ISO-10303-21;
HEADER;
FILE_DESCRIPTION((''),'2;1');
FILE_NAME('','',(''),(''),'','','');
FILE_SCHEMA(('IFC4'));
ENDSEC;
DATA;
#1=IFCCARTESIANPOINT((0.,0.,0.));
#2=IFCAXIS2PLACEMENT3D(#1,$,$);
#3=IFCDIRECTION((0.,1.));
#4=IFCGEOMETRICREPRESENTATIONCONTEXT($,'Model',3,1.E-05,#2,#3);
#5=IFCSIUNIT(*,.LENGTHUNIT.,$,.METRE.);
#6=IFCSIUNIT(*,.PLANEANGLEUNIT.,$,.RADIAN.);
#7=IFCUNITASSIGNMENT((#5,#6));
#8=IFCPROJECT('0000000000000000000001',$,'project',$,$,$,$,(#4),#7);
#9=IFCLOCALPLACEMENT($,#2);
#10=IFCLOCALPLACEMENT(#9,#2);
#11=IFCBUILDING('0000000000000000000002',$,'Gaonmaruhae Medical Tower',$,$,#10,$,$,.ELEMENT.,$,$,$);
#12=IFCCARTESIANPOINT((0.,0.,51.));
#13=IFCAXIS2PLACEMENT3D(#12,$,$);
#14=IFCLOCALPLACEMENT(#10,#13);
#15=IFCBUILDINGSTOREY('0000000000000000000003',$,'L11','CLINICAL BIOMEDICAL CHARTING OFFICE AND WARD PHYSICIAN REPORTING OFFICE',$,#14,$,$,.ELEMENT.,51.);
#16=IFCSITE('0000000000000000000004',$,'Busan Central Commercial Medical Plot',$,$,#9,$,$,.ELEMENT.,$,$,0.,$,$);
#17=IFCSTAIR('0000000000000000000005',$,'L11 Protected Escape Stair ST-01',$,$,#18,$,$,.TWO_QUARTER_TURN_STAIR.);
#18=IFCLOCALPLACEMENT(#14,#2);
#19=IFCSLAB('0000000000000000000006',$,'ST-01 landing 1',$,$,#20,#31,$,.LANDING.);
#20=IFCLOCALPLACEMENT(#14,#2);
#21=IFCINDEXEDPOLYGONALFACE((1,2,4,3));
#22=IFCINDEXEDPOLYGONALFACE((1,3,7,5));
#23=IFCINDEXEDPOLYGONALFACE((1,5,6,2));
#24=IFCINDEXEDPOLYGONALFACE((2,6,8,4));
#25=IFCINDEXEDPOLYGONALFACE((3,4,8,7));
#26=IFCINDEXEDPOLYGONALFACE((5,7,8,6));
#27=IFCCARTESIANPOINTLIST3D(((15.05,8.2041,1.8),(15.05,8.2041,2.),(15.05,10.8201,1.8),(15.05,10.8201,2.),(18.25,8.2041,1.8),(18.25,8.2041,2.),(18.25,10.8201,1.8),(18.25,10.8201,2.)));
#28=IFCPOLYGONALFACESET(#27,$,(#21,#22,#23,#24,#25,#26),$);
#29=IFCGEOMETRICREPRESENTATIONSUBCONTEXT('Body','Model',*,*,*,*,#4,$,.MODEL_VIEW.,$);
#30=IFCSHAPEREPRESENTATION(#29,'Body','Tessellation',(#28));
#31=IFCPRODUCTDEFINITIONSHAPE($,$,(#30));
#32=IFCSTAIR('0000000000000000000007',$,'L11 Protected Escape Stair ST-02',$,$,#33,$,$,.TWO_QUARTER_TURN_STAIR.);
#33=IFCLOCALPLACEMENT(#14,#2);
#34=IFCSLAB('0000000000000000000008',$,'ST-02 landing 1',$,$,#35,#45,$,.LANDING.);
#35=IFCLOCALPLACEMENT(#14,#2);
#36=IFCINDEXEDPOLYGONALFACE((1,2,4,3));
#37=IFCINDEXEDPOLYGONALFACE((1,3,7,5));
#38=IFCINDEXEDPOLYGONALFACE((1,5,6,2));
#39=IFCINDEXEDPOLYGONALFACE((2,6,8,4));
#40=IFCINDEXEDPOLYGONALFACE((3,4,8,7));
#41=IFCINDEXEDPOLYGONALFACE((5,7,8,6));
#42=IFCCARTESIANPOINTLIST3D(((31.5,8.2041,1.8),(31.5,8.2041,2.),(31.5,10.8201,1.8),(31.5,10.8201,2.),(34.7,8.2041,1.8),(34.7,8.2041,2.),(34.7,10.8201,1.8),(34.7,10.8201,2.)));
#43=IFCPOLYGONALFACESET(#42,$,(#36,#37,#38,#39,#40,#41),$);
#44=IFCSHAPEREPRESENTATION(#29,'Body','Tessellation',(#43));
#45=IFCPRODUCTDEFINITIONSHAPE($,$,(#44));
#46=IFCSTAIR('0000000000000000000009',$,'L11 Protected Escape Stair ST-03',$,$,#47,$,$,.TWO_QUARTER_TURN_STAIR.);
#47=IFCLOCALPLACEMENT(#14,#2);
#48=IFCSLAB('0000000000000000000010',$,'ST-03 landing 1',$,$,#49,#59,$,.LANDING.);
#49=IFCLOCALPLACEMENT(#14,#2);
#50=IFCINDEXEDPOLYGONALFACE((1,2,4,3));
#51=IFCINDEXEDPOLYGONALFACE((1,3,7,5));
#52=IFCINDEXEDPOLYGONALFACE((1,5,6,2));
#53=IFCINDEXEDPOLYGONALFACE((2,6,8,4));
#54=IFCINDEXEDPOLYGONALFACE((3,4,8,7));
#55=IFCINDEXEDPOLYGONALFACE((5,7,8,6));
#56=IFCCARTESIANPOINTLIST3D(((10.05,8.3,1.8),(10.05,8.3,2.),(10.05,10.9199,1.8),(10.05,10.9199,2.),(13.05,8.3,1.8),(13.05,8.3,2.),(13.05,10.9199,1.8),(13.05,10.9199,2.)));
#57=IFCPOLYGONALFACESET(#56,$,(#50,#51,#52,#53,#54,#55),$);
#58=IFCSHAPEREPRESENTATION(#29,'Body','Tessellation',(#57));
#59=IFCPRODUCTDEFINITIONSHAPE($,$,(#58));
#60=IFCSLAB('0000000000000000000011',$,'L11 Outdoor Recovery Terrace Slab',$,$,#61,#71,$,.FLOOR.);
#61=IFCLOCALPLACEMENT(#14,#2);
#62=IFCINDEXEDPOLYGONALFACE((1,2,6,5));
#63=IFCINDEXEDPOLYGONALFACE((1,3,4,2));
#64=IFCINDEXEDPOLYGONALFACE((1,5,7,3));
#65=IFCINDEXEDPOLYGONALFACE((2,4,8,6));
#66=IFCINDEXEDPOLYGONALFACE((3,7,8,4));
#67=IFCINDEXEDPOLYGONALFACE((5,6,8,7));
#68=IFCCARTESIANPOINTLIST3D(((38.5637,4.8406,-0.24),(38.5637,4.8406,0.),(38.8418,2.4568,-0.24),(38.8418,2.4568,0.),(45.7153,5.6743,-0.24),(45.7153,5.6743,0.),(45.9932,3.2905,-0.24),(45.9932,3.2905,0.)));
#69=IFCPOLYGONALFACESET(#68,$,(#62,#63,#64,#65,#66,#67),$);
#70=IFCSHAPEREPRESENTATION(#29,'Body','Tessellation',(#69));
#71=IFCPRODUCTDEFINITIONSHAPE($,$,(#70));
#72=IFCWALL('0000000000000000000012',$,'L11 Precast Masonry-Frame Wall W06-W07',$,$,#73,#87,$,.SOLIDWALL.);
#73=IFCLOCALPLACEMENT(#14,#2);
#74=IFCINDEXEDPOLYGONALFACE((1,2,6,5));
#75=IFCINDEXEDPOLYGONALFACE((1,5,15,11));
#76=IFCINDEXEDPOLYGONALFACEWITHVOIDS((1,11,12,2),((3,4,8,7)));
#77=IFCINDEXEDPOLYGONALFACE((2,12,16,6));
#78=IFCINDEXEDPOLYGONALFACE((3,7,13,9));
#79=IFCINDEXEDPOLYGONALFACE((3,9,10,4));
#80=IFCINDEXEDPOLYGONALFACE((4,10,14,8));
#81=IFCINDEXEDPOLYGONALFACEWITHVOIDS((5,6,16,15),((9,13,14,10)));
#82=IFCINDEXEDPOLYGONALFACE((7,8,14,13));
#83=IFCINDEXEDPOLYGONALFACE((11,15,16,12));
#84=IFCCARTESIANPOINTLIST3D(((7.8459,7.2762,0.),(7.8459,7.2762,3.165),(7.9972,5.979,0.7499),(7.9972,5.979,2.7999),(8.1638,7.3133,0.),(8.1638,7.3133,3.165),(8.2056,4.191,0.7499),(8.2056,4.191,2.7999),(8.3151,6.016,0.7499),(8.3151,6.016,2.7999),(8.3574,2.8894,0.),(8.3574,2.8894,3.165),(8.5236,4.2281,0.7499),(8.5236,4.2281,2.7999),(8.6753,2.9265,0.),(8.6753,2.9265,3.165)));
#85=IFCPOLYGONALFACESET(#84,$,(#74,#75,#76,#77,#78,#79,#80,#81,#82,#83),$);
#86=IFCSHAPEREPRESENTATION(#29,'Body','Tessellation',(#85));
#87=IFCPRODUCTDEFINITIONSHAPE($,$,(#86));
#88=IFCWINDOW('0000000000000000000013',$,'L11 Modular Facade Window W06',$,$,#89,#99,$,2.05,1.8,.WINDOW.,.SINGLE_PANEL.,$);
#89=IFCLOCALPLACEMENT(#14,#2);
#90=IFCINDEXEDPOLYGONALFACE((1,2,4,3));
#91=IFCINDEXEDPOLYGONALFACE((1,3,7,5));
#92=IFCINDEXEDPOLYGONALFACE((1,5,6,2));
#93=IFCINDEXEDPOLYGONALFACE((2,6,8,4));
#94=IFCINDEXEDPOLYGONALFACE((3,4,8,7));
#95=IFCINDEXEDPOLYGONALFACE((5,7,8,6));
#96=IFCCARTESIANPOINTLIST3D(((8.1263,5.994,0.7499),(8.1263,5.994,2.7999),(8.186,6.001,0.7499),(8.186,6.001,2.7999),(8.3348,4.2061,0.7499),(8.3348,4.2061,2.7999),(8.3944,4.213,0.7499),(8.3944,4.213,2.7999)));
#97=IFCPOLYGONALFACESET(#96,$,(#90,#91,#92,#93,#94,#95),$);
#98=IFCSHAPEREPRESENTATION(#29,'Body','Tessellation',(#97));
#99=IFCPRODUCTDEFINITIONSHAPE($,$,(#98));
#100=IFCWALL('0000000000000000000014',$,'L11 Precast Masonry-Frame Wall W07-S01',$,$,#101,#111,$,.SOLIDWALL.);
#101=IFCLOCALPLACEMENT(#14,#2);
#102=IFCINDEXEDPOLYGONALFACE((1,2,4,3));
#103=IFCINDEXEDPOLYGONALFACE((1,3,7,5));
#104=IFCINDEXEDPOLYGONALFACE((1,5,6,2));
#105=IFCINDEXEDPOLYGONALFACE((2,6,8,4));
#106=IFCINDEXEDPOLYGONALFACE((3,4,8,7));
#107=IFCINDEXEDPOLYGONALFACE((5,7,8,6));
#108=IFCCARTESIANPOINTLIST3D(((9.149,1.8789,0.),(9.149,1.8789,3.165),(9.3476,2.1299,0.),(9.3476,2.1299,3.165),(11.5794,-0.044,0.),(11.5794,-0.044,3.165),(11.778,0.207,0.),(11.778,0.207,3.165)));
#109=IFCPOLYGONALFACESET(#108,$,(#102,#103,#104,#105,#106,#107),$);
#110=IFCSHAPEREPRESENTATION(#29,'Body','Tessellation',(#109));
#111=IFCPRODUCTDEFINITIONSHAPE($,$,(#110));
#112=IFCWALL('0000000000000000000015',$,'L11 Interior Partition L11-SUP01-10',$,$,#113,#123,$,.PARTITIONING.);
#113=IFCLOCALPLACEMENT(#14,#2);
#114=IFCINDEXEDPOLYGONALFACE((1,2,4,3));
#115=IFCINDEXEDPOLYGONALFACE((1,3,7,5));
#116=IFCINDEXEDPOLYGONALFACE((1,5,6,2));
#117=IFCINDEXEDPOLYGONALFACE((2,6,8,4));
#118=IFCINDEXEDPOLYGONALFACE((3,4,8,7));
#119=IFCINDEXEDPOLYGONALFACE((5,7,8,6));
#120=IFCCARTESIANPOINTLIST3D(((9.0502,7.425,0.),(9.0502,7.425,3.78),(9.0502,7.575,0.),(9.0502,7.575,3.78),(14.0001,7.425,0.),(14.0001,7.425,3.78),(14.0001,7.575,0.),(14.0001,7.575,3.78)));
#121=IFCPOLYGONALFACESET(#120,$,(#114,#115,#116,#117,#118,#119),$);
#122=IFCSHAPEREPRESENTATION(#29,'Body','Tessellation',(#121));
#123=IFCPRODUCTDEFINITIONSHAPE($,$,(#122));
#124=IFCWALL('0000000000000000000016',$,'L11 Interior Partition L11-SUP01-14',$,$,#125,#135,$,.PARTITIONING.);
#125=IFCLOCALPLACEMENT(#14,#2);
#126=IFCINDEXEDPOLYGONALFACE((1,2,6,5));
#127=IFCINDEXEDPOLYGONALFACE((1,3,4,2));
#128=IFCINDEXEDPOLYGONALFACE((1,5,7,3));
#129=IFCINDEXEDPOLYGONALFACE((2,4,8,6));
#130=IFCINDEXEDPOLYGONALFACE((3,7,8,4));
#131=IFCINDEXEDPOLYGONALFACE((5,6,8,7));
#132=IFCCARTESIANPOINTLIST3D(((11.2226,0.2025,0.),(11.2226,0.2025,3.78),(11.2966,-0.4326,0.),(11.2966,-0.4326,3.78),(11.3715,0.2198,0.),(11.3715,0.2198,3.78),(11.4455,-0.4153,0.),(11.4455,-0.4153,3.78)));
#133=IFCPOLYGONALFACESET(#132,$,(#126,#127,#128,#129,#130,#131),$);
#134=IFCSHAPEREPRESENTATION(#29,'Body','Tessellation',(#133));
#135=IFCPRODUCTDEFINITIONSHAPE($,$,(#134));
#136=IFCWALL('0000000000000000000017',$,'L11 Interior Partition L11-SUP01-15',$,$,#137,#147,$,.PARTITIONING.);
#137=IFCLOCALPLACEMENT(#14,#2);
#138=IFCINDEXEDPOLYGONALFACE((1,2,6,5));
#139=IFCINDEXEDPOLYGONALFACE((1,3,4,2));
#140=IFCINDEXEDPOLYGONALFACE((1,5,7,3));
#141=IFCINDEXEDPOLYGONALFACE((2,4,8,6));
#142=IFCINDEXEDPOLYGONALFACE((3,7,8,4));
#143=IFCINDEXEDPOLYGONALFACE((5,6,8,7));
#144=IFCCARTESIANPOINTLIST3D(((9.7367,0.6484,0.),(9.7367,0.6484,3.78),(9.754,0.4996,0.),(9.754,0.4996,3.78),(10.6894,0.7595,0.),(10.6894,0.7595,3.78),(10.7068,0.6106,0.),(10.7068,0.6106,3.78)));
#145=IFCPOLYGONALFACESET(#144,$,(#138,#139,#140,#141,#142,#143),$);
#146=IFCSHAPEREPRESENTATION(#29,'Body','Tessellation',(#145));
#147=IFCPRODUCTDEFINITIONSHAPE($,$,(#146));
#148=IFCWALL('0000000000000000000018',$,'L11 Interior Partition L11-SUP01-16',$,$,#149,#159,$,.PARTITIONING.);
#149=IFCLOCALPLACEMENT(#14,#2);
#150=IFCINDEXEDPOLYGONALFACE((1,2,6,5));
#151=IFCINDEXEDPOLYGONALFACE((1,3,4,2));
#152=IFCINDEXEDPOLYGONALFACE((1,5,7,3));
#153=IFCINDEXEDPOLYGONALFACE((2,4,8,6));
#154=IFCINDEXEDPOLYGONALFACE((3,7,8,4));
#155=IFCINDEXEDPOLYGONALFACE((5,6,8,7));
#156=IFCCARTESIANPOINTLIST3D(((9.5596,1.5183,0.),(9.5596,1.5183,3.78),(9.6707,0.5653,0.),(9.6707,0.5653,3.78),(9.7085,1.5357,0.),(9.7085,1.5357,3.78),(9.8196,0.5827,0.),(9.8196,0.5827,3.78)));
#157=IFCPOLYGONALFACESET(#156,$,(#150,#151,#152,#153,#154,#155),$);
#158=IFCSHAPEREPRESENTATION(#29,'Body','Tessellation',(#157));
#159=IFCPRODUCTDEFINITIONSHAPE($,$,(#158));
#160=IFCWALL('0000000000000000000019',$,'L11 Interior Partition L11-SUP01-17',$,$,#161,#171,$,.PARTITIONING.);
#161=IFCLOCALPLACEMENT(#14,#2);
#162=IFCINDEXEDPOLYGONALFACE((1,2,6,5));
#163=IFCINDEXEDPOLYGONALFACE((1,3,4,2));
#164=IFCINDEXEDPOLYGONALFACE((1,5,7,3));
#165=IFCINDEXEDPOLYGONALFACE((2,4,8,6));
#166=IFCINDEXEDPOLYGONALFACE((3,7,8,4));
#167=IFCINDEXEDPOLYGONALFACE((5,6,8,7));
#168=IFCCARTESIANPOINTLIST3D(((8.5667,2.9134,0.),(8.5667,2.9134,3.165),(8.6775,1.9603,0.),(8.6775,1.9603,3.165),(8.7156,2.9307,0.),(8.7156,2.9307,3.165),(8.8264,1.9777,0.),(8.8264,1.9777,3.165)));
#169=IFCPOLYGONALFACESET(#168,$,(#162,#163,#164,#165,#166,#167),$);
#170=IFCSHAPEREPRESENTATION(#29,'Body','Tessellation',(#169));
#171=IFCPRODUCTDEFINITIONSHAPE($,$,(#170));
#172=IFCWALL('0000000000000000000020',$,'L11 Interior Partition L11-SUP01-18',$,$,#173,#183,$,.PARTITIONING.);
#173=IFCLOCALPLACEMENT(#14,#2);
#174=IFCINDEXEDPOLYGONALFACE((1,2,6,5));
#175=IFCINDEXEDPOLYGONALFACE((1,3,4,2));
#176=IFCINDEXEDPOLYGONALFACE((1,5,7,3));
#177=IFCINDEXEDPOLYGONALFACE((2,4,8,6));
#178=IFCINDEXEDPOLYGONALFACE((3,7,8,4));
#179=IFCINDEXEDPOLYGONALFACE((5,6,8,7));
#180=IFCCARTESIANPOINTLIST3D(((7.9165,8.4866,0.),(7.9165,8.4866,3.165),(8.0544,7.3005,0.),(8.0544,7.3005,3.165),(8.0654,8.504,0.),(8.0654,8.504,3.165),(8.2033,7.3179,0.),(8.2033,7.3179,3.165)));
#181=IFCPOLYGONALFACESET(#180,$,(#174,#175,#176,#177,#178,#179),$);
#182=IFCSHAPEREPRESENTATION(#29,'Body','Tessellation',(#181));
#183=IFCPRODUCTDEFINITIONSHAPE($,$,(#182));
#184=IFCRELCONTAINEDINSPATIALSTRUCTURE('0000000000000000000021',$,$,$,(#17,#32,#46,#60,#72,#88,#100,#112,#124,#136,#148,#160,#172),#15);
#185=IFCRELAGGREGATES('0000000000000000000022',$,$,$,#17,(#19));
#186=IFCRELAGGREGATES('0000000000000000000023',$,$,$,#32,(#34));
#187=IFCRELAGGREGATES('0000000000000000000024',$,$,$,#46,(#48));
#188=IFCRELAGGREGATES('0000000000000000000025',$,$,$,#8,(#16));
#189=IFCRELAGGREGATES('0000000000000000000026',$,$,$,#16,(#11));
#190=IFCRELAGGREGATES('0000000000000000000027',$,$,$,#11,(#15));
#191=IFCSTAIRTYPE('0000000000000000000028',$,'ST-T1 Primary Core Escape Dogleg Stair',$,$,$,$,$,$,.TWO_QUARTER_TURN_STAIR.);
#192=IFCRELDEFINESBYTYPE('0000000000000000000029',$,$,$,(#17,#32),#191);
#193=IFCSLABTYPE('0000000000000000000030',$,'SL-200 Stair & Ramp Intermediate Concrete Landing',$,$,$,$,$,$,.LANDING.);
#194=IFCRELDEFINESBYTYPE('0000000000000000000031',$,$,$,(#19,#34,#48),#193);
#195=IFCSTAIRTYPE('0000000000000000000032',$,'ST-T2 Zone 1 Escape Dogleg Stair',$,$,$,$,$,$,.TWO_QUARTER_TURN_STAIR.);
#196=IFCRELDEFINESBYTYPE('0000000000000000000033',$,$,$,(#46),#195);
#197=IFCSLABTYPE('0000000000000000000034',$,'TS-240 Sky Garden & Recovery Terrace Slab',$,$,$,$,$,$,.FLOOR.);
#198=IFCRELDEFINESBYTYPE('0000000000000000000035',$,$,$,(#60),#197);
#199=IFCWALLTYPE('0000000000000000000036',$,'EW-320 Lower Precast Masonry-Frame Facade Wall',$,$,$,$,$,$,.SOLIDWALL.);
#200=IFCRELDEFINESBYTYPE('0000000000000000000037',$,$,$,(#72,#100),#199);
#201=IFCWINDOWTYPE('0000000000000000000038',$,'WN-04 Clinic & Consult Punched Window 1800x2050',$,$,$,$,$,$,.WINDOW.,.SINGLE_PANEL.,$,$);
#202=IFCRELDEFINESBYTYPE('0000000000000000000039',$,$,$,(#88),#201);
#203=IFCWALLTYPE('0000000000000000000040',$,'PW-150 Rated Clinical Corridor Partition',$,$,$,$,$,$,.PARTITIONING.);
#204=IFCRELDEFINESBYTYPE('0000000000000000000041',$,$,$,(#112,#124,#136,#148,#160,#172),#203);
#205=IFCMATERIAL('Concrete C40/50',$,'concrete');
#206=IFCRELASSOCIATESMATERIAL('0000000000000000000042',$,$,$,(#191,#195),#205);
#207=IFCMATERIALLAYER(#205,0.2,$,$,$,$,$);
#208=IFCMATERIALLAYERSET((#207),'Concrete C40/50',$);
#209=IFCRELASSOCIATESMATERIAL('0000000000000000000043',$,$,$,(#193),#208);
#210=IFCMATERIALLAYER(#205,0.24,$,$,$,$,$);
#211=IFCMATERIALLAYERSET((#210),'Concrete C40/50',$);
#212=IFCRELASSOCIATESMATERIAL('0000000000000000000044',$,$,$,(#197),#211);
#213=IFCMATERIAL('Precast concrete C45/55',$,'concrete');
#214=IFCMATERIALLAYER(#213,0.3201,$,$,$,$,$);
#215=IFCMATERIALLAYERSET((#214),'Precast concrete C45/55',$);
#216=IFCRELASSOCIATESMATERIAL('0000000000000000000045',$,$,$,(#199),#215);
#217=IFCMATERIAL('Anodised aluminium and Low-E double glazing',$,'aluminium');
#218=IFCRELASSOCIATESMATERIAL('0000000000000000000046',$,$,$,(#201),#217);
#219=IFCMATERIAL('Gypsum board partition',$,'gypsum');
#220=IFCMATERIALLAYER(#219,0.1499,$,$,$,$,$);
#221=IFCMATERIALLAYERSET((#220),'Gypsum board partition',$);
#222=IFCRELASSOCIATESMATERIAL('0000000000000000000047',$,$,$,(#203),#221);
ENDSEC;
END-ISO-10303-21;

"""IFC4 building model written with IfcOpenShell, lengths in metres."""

from ifc_helpers import new_model, si_unit, direction, frame, frame_2d, origin, place, context, subcontext, project, spatial, polyline, rectangle, outline, extrude, material, layer, layer_set, type_object, element, fill, aggregate, save


model = new_model("IFC4")

# Units and contexts
model_context = context("Model", 3, precision=1e-05, world=origin(), true_north=direction((0.0, 1.0)))
body_context = subcontext(model_context, "Body", "Model", "MODEL_VIEW")
ifc_project = project(units=[si_unit("LENGTHUNIT", "METRE"), si_unit("PLANEANGLEUNIT", "RADIAN")], contexts=[model_context])

# Site, building, storey
site_placement = place(None, origin())
site = spatial("IfcSite", under=ifc_project, at=site_placement, Name="Busan Central Commercial Medical Plot", CompositionType="ELEMENT", RefElevation=0.0)
building_placement = place(site_placement, origin())
building = spatial("IfcBuilding", under=site, at=building_placement, Name="Gaonmaruhae Medical Tower", CompositionType="ELEMENT")
storey_placement = place(building_placement, frame((0.0, 0.0, 51.0)))
storey = spatial("IfcBuildingStorey", under=building, at=storey_placement, Name="L11", Description="CLINICAL BIOMEDICAL CHARTING OFFICE AND WARD PHYSICIAN REPORTING OFFICE", CompositionType="ELEMENT", Elevation=51.0)

# Shared definitions
ifc_material_1 = material(Name="Concrete C40/50", Category="concrete")

# Stairs, slabs
stair_type_1 = type_object("IfcStairType", Name="ST-T1 Primary Core Escape Dogleg Stair", PredefinedType="TWO_QUARTER_TURN_STAIR", material=ifc_material_1)
stair_1_placement = place(storey_placement, origin())
stair_1 = element("IfcStair", 1, at=stair_1_placement, inside=storey, type_object=stair_type_1, Name="L11 Protected Escape Stair ST-01", PredefinedType="TWO_QUARTER_TURN_STAIR")
ifc_layer_1 = layer(ifc_material_1, 0.2)
ifc_layer_set_1 = layer_set([ifc_layer_1], Name="Concrete C40/50")
slab_type_1 = type_object("IfcSlabType", Name="SL-200 Stair & Ramp Intermediate Concrete Landing", PredefinedType="LANDING", material=ifc_layer_set_1)
slab_1_placement = place(storey_placement, frame((0.0, 0.0, 1.8)))
slab_1 = element("IfcSlab", 2, at=slab_1_placement, type_object=slab_type_1, Name="ST-01 landing 1", PredefinedType="LANDING", context=body_context, shape_type="SweptSolid", body=[
    extrude(outline(polyline([(15.05, 10.8201), (15.05, 8.2041), (18.25, 8.2041), (18.25, 10.8201), (15.05, 10.8201)])), origin(), (0.0, 0.0, 1.0), 0.2),
])
aggregate(stair_1, [slab_1])
stair_2_placement = place(storey_placement, origin())
stair_2 = element("IfcStair", 3, at=stair_2_placement, inside=storey, type_object=stair_type_1, Name="L11 Protected Escape Stair ST-02", PredefinedType="TWO_QUARTER_TURN_STAIR")
slab_2_placement = place(storey_placement, frame((0.0, 0.0, 1.8)))
slab_2 = element("IfcSlab", 4, at=slab_2_placement, type_object=slab_type_1, Name="ST-02 landing 1", PredefinedType="LANDING", context=body_context, shape_type="SweptSolid", body=[
    extrude(outline(polyline([(31.5, 10.8201), (31.5, 8.2041), (34.7, 8.2041), (34.7, 10.8201), (31.5, 10.8201)])), origin(), (0.0, 0.0, 1.0), 0.2),
])
aggregate(stair_2, [slab_2])
stair_type_2 = type_object("IfcStairType", Name="ST-T2 Zone 1 Escape Dogleg Stair", PredefinedType="TWO_QUARTER_TURN_STAIR", material=ifc_material_1)
stair_3_placement = place(storey_placement, origin())
stair_3 = element("IfcStair", 5, at=stair_3_placement, inside=storey, type_object=stair_type_2, Name="L11 Protected Escape Stair ST-03", PredefinedType="TWO_QUARTER_TURN_STAIR")
slab_3_placement = place(storey_placement, frame((0.0, 0.0, 1.8)))
slab_3 = element("IfcSlab", 6, at=slab_3_placement, type_object=slab_type_1, Name="ST-03 landing 1", PredefinedType="LANDING", context=body_context, shape_type="SweptSolid", body=[
    extrude(outline(polyline([(10.05, 10.9199), (10.05, 8.3), (13.05, 8.3), (13.05, 10.9199), (10.05, 10.9199)])), origin(), (0.0, 0.0, 1.0), 0.2),
])
aggregate(stair_3, [slab_3])

# Slab
ifc_layer_2 = layer(ifc_material_1, 0.24)
ifc_layer_set_2 = layer_set([ifc_layer_2], Name="Concrete C40/50")
slab_type_2 = type_object("IfcSlabType", Name="TS-240 Sky Garden & Recovery Terrace Slab", PredefinedType="FLOOR", material=ifc_layer_set_2)
slab_4_placement = place(storey_placement, frame((0.0, 0.0, -0.24)))
element("IfcSlab", 7, at=slab_4_placement, inside=storey, type_object=slab_type_2, Name="L11 Outdoor Recovery Terrace Slab", PredefinedType="FLOOR", context=body_context, shape_type="SweptSolid", body=[
    extrude(outline(polyline([(38.8418, 2.4568), (45.9932, 3.2905), (45.7153, 5.6743), (38.5637, 4.8406), (38.8418, 2.4568)])), origin(), (0.0, 0.0, 1.0), 0.24),
])

# Wall, opening, window
ifc_material_2 = material(Name="Precast concrete C45/55", Category="concrete")
ifc_layer_3 = layer(ifc_material_2, 0.3201)
ifc_layer_set_3 = layer_set([ifc_layer_3], Name="Precast concrete C45/55")
wall_type_1 = type_object("IfcWallType", Name="EW-320 Lower Precast Masonry-Frame Facade Wall", PredefinedType="SOLIDWALL", material=ifc_layer_set_3)
wall_1_placement = place(storey_placement, frame((8.5164, 2.908, 0.0), z_axis=(0.0, 0.0, 1.0), x_axis=(-0.115812, 0.993271, 0.0)))
wall_1 = element("IfcWall", 8, at=wall_1_placement, inside=storey, type_object=wall_type_1, Name="L11 Precast Masonry-Frame Wall W06-W07", PredefinedType="SOLIDWALL", context=body_context, shape_type="SweptSolid", body=[
    extrude(rectangle(XDim=4.4165, YDim=0.3201, at=frame_2d((2.2083, 0.0))), origin(), (0.0, 0.0, 1.0), 3.165),
])
opening_placement = place(wall_1_placement, frame((1.3105, 0.0, 0.75)))
opening = element("IfcOpeningElement", 9, at=opening_placement, cuts=wall_1, PredefinedType="OPENING", context=body_context, shape_type="SweptSolid", body=[
    extrude(rectangle(XDim=1.8, YDim=2.05, at=frame_2d((0.8999, 1.0249))), frame((0.0, 0.1699, 0.0), z_axis=(0.0, -1.0, 0.0), x_axis=(1.0, 0.0, 0.0)), (0.0, 0.0, 1.0), 0.3401),
])
ifc_material_3 = material(Name="Anodised aluminium and Low-E double glazing", Category="aluminium")
window_type = type_object("IfcWindowType", Name="WN-04 Clinic & Consult Punched Window 1800x2050", PartitioningType="SINGLE_PANEL", PredefinedType="WINDOW", material=ifc_material_3)
window_placement = place(opening_placement, origin())
window = element("IfcWindow", 10, at=window_placement, inside=storey, type_object=window_type, Name="L11 Modular Facade Window W06", OverallHeight=2.05, OverallWidth=1.8, PartitioningType="SINGLE_PANEL", PredefinedType="WINDOW", context=body_context, shape_type="SweptSolid", body=[
    extrude(rectangle(XDim=1.8, YDim=2.05, at=frame_2d((0.8999, 1.0249))), frame((0.0, 0.03, 0.0), z_axis=(0.0, -1.0, 0.0), x_axis=(1.0, 0.0, 0.0)), (0.0, 0.0, 1.0), 0.0601),
])
fill(opening, window)

# Walls
wall_2_placement = place(storey_placement, frame((11.6787, 0.0815, 0.0), z_axis=(0.0, 0.0, 1.0), x_axis=(-0.784239, 0.620459, 0.0)))
element("IfcWall", 11, at=wall_2_placement, inside=storey, type_object=wall_type_1, Name="L11 Precast Masonry-Frame Wall W07-S01", PredefinedType="SOLIDWALL", context=body_context, shape_type="SweptSolid", body=[
    extrude(rectangle(XDim=3.0991, YDim=0.3201, at=frame_2d((1.5496, 0.0))), origin(), (0.0, 0.0, 1.0), 3.165),
])
ifc_material_4 = material(Name="Gypsum board partition", Category="gypsum")
ifc_layer_4 = layer(ifc_material_4, 0.1499)
ifc_layer_set_4 = layer_set([ifc_layer_4], Name="Gypsum board partition")
wall_type_2 = type_object("IfcWallType", Name="PW-150 Rated Clinical Corridor Partition", PredefinedType="PARTITIONING", material=ifc_layer_set_4)
wall_3_placement = place(storey_placement, frame((9.05, 7.5, 0.0), z_axis=(0.0, 0.0, 1.0), x_axis=(1.0, 0.0, 0.0)))
element("IfcWall", 12, at=wall_3_placement, inside=storey, type_object=wall_type_2, Name="L11 Interior Partition L11-SUP01-10", PredefinedType="PARTITIONING", context=body_context, shape_type="SweptSolid", body=[
    extrude(rectangle(XDim=4.95, YDim=0.1499, at=frame_2d((2.4751, 0.0))), origin(), (0.0, 0.0, 1.0), 3.78),
])
wall_4_placement = place(storey_placement, frame((11.3711, -0.4241, 0.0), z_axis=(0.0, 0.0, 1.0), x_axis=(-0.115711, 0.993283, 0.0)))
element("IfcWall", 13, at=wall_4_placement, inside=storey, type_object=wall_type_2, Name="L11 Interior Partition L11-SUP01-14", PredefinedType="PARTITIONING", context=body_context, shape_type="SweptSolid", body=[
    extrude(rectangle(XDim=0.6394, YDim=0.1499, at=frame_2d((0.3198, 0.0))), origin(), (0.0, 0.0, 1.0), 3.78),
])
wall_5_placement = place(storey_placement, frame((10.698, 0.6851, 0.0), z_axis=(0.0, 0.0, 1.0), x_axis=(-0.993273, -0.115793, 0.0)))
element("IfcWall", 14, at=wall_5_placement, inside=storey, type_object=wall_type_2, Name="L11 Interior Partition L11-SUP01-15", PredefinedType="PARTITIONING", context=body_context, shape_type="SweptSolid", body=[
    extrude(rectangle(XDim=0.9592, YDim=0.1499, at=frame_2d((0.4795, 0.0))), origin(), (0.0, 0.0, 1.0), 3.78),
])
wall_6_placement = place(storey_placement, frame((9.7451, 0.574, 0.0), z_axis=(0.0, 0.0, 1.0), x_axis=(-0.115764, 0.993277, 0.0)))
element("IfcWall", 15, at=wall_6_placement, inside=storey, type_object=wall_type_2, Name="L11 Interior Partition L11-SUP01-16", PredefinedType="PARTITIONING", context=body_context, shape_type="SweptSolid", body=[
    extrude(rectangle(XDim=0.9595, YDim=0.1499, at=frame_2d((0.4797, 0.0))), origin(), (0.0, 0.0, 1.0), 3.78),
])
wall_7_placement = place(storey_placement, frame((8.752, 1.969, 0.0), z_axis=(0.0, 0.0, 1.0), x_axis=(-0.115513, 0.993306, 0.0)))
element("IfcWall", 16, at=wall_7_placement, inside=storey, type_object=wall_type_2, Name="L11 Interior Partition L11-SUP01-17", PredefinedType="PARTITIONING", context=body_context, shape_type="SweptSolid", body=[
    extrude(rectangle(XDim=0.9595, YDim=0.1499, at=frame_2d((0.4797, 0.0))), origin(), (0.0, 0.0, 1.0), 3.165),
])
wall_8_placement = place(storey_placement, frame((8.1289, 7.3091, 0.0), z_axis=(0.0, 0.0, 1.0), x_axis=(-0.115524, 0.993305, 0.0)))
element("IfcWall", 17, at=wall_8_placement, inside=storey, type_object=wall_type_2, Name="L11 Interior Partition L11-SUP01-18", PredefinedType="PARTITIONING", context=body_context, shape_type="SweptSolid", body=[
    extrude(rectangle(XDim=1.1941, YDim=0.1499, at=frame_2d((0.5972, 0.0))), origin(), (0.0, 0.0, 1.0), 3.165),
])

save(model, "model.ifc")
